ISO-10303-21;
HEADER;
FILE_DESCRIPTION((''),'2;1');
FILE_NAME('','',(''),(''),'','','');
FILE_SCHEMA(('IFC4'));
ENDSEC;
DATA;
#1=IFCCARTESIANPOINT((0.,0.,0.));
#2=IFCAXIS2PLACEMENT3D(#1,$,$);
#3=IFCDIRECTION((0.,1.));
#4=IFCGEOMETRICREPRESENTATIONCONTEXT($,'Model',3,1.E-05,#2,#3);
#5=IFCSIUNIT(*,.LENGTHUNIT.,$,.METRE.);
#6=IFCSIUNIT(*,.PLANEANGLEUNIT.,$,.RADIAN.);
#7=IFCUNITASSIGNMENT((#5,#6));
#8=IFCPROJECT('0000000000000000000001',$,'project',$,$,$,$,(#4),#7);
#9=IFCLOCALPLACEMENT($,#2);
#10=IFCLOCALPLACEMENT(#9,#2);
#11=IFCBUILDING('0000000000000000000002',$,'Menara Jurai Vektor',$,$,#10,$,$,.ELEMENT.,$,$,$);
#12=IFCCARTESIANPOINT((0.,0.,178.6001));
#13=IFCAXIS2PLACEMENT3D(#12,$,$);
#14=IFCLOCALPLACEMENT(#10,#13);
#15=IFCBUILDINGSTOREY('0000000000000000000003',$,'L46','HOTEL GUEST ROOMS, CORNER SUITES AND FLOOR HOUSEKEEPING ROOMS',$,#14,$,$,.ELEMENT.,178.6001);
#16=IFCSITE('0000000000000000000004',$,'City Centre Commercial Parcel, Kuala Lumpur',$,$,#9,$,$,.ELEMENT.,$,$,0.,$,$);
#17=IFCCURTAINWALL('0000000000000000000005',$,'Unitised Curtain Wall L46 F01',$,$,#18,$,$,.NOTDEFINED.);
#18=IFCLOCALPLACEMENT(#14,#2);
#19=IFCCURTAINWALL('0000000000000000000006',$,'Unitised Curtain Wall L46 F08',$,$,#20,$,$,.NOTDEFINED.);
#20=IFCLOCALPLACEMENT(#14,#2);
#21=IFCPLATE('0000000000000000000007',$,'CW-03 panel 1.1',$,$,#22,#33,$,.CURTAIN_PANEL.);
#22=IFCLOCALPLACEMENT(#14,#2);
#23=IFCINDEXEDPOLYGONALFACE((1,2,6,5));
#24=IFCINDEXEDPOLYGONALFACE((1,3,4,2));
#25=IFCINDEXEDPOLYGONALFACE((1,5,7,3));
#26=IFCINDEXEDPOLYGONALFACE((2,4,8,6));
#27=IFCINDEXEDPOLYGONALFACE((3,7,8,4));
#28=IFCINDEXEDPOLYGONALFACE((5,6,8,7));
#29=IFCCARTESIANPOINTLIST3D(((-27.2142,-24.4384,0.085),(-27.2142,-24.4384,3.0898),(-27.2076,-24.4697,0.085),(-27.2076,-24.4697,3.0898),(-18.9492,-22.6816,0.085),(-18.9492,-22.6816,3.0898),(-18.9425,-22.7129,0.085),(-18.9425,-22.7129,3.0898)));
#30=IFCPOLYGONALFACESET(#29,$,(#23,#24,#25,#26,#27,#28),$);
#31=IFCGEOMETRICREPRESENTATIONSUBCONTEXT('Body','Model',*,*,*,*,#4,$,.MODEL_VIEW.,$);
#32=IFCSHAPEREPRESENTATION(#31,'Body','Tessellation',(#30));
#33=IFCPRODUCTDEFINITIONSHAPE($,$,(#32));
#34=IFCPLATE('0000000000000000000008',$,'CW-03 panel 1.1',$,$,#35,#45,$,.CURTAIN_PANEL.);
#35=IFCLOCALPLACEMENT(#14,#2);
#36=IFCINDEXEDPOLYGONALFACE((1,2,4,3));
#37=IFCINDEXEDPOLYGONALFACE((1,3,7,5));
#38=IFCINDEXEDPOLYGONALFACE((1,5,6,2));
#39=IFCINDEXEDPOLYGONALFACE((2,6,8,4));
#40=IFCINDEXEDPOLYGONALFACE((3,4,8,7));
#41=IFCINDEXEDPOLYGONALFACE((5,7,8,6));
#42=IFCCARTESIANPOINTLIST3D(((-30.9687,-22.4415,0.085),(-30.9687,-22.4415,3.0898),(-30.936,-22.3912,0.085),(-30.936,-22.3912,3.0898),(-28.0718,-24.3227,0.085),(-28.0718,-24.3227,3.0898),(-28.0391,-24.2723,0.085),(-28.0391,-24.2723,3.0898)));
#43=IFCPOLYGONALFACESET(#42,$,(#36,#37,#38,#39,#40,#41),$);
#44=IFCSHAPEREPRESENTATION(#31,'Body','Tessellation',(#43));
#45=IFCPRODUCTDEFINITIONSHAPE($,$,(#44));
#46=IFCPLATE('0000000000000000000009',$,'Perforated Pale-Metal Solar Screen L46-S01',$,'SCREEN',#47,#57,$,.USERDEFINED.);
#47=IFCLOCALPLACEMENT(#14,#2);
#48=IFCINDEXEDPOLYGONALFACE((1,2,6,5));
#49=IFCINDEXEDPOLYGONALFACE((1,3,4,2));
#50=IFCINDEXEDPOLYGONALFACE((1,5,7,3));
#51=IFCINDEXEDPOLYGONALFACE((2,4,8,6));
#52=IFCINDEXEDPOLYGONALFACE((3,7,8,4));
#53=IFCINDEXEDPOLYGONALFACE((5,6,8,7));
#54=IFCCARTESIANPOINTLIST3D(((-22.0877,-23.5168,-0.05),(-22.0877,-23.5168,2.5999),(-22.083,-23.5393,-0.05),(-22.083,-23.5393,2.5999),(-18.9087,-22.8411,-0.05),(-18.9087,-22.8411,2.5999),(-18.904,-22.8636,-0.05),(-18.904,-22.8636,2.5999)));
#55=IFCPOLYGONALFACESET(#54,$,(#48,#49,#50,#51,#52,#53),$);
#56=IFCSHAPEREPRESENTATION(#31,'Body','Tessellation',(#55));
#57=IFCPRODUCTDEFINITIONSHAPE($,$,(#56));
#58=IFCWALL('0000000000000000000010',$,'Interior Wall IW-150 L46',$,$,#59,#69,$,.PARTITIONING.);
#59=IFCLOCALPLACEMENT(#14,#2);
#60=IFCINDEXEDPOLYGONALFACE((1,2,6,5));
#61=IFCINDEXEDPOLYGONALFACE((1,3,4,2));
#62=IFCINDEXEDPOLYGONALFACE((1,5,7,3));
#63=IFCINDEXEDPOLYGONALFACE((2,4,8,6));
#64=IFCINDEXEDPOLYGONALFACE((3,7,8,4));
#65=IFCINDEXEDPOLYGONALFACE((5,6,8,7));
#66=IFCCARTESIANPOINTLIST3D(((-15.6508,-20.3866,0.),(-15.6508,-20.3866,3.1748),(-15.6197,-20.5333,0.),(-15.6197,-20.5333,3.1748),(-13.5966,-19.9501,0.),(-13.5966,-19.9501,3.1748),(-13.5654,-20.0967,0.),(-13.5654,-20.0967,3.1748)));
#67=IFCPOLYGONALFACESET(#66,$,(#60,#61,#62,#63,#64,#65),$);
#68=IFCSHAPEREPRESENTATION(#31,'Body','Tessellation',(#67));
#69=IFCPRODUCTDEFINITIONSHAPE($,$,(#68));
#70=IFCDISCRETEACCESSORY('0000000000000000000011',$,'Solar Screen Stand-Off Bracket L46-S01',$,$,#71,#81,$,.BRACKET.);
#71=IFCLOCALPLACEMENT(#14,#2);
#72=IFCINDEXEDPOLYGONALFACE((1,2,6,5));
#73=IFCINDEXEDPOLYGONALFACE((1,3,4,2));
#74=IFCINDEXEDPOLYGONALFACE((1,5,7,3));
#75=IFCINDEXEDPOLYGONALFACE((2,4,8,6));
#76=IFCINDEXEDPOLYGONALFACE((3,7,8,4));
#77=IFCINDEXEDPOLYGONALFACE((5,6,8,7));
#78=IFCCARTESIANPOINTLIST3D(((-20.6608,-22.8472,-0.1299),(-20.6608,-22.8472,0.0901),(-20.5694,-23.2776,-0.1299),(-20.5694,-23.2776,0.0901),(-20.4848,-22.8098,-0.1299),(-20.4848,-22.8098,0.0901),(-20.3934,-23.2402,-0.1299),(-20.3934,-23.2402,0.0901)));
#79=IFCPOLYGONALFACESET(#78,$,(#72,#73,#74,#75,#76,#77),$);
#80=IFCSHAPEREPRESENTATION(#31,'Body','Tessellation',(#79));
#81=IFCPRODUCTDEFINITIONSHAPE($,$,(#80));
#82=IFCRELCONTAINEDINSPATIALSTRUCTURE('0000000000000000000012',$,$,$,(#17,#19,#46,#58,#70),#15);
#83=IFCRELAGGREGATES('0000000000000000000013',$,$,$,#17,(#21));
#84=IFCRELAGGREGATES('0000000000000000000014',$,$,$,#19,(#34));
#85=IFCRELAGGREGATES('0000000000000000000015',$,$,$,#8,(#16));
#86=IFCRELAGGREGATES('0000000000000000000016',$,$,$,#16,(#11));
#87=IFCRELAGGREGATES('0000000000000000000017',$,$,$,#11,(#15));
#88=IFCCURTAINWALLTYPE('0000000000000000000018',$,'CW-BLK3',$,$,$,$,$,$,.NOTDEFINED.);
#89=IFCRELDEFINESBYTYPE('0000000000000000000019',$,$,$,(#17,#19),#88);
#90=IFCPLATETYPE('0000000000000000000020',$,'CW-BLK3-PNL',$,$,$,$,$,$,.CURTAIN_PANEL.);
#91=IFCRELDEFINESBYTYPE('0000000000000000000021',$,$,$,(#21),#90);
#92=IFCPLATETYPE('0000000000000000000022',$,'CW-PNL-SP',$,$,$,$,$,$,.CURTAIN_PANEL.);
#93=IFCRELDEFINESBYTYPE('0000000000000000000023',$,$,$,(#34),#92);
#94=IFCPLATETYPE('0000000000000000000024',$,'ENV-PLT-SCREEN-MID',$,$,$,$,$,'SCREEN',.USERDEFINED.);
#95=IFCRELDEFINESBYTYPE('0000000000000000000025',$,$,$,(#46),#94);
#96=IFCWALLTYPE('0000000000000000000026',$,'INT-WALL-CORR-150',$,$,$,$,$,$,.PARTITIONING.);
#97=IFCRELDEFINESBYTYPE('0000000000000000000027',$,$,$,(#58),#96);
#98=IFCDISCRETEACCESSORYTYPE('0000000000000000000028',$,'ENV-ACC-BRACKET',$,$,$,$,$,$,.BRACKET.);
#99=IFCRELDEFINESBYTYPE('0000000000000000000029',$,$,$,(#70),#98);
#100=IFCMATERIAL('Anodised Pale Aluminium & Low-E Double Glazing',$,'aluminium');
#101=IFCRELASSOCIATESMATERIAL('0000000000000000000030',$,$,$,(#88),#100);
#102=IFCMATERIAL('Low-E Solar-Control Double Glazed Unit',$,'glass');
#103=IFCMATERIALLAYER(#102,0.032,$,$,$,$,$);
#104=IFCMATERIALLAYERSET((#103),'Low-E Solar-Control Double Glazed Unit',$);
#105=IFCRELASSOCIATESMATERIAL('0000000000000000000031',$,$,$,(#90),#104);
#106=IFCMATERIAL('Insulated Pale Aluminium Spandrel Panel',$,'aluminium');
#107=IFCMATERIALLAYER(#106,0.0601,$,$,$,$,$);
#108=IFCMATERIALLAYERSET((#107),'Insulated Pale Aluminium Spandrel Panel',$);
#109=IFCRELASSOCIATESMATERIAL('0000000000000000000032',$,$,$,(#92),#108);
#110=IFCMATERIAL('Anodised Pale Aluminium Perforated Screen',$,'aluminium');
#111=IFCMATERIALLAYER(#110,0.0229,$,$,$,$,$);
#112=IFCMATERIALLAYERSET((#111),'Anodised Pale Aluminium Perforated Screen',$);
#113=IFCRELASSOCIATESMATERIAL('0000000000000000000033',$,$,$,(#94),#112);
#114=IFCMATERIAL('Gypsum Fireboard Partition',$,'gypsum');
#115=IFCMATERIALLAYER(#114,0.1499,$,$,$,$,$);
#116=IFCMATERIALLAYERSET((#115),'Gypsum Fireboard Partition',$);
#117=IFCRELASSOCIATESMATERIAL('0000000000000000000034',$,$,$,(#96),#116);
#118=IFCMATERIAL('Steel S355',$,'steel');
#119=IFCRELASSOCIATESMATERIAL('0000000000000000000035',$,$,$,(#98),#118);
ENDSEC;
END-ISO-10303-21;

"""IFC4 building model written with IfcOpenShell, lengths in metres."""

from ifc_helpers import new_model, si_unit, direction, frame, frame_2d, origin, origin_2d, place, context, subcontext, project, spatial, rectangle, extrude, material, layer, layer_set, type_object, element, aggregate, save


model = new_model("IFC4")

# Units and contexts
model_context = context("Model", 3, precision=1e-05, world=origin(), true_north=direction((0.0, 1.0)))
body_context = subcontext(model_context, "Body", "Model", "MODEL_VIEW")
ifc_project = project(units=[si_unit("LENGTHUNIT", "METRE"), si_unit("PLANEANGLEUNIT", "RADIAN")], contexts=[model_context])

# Site, building, storey
site_placement = place(None, origin())
site = spatial("IfcSite", under=ifc_project, at=site_placement, Name="City Centre Commercial Parcel, Kuala Lumpur", CompositionType="ELEMENT", RefElevation=0.0)
building_placement = place(site_placement, origin())
building = spatial("IfcBuilding", under=site, at=building_placement, Name="Menara Jurai Vektor", CompositionType="ELEMENT")
storey_placement = place(building_placement, frame((0.0, 0.0, 178.6001)))
storey = spatial("IfcBuildingStorey", under=building, at=storey_placement, Name="L46", Description="HOTEL GUEST ROOMS, CORNER SUITES AND FLOOR HOUSEKEEPING ROOMS", CompositionType="ELEMENT", Elevation=178.6001)

# Curtain wall
ifc_material_1 = material(Name="Anodised Pale Aluminium & Low-E Double Glazing", Category="aluminium")
curtain_wall_type = type_object("IfcCurtainWallType", Name="CW-BLK3", PredefinedType="NOTDEFINED", material=ifc_material_1)
curtain_wall_1_placement = place(storey_placement, origin())
curtain_wall_1 = element("IfcCurtainWall", 1, at=curtain_wall_1_placement, inside=storey, type_object=curtain_wall_type, Name="Unitised Curtain Wall L46 F01", PredefinedType="NOTDEFINED")

# Curtain wall
curtain_wall_2_placement = place(storey_placement, origin())
curtain_wall_2 = element("IfcCurtainWall", 2, at=curtain_wall_2_placement, inside=storey, type_object=curtain_wall_type, Name="Unitised Curtain Wall L46 F08", PredefinedType="NOTDEFINED")

# Shared definitions
ifc_material_2 = material(Name="Steel S355", Category="steel")

# Plates
ifc_material_3 = material(Name="Low-E Solar-Control Double Glazed Unit", Category="glass")
ifc_layer_1 = layer(ifc_material_3, 0.032)
ifc_layer_set_1 = layer_set([ifc_layer_1], Name="Low-E Solar-Control Double Glazed Unit")
plate_type_1 = type_object("IfcPlateType", Name="CW-BLK3-PNL", PredefinedType="CURTAIN_PANEL", material=ifc_layer_set_1)
plate_1_placement = place(storey_placement, frame((-23.0784, -23.5757, 0.085), z_axis=(0.0, 0.0, 1.0), x_axis=(0.978148, 0.207911, 0.0)))
plate_1 = element("IfcPlate", 3, at=plate_1_placement, type_object=plate_type_1, Name="CW-03 panel 1.1", PredefinedType="CURTAIN_PANEL", context=body_context, shape_type="SweptSolid", body=[
    extrude(rectangle(XDim=8.4497, YDim=0.032, at=origin_2d()), origin(), (0.0, 0.0, 1.0), 3.0049),
])
aggregate(curtain_wall_1, [plate_1])
ifc_material_4 = material(Name="Insulated Pale Aluminium Spandrel Panel", Category="aluminium")
ifc_layer_2 = layer(ifc_material_4, 0.0601)
ifc_layer_set_2 = layer_set([ifc_layer_2], Name="Insulated Pale Aluminium Spandrel Panel")
plate_type_2 = type_object("IfcPlateType", Name="CW-PNL-SP", PredefinedType="CURTAIN_PANEL", material=ifc_layer_set_2)
plate_2_placement = place(storey_placement, frame((-29.5039, -23.3569, 0.085), z_axis=(0.0, 0.0, 1.0), x_axis=(0.838684, -0.544618, 0.0)))
plate_2 = element("IfcPlate", 4, at=plate_2_placement, type_object=plate_type_2, Name="CW-03 panel 1.1", PredefinedType="CURTAIN_PANEL", context=body_context, shape_type="SweptSolid", body=[
    extrude(rectangle(XDim=3.4541, YDim=0.0601, at=origin_2d()), origin(), (0.0, 0.0, 1.0), 3.0049),
])
aggregate(curtain_wall_2, [plate_2])
ifc_material_5 = material(Name="Anodised Pale Aluminium Perforated Screen", Category="aluminium")
ifc_layer_3 = layer(ifc_material_5, 0.0229)
ifc_layer_set_3 = layer_set([ifc_layer_3], Name="Anodised Pale Aluminium Perforated Screen")
plate_type_3 = type_object("IfcPlateType", Name="ENV-PLT-SCREEN-MID", ElementType="SCREEN", PredefinedType="USERDEFINED", material=ifc_layer_set_3)
plate_3_placement = place(storey_placement, frame((-20.4958, -23.1902, -0.05), z_axis=(0.0, 0.0, 1.0), x_axis=(0.978148, 0.207912, 0.0)))
element("IfcPlate", 5, at=plate_3_placement, inside=storey, type_object=plate_type_3, Name="Perforated Pale-Metal Solar Screen L46-S01", ObjectType="SCREEN", PredefinedType="USERDEFINED", context=body_context, shape_type="SweptSolid", body=[
    extrude(rectangle(XDim=3.25, YDim=0.0229, at=origin_2d()), origin(), (0.0, 0.0, 1.0), 2.6499),
])

# Shared definitions
ifc_material_6 = material(Name="Gypsum Fireboard Partition", Category="gypsum")
ifc_layer_4 = layer(ifc_material_6, 0.1499)
ifc_layer_set_4 = layer_set([ifc_layer_4], Name="Gypsum Fireboard Partition")
wall_type = type_object("IfcWallType", Name="INT-WALL-CORR-150", PredefinedType="PARTITIONING", material=ifc_layer_set_4)

# Wall
wall_1_placement = place(storey_placement, frame((-15.6353, -20.46, 0.0), z_axis=(0.0, 0.0, 1.0), x_axis=(0.978158, 0.207862, 0.0)))
element("IfcWall", 6, at=wall_1_placement, inside=storey, type_object=wall_type, Name="Interior Wall IW-150 L46", PredefinedType="PARTITIONING", context=body_context, shape_type="SweptSolid", body=[
    extrude(rectangle(XDim=2.1001, YDim=0.1499, at=frame_2d((1.05, 0.0))), origin(), (0.0, 0.0, 1.0), 3.1748),
])

# Discrete accessory
discrete_accessory_type = type_object("IfcDiscreteAccessoryType", Name="ENV-ACC-BRACKET", PredefinedType="BRACKET", material=ifc_material_2)
discrete_accessory_placement = place(storey_placement, frame((-20.5271, -23.0437, -0.1299), z_axis=(0.0, 0.0, 1.0), x_axis=(0.978148, 0.207912, 0.0)))
element("IfcDiscreteAccessory", 7, at=discrete_accessory_placement, inside=storey, type_object=discrete_accessory_type, Name="Solar Screen Stand-Off Bracket L46-S01", PredefinedType="BRACKET", context=body_context, shape_type="SweptSolid", body=[
    extrude(rectangle(XDim=0.1799, YDim=0.4399, at=origin_2d()), origin(), (0.0, 0.0, 1.0), 0.22),
])

save(model, "model.ifc")
